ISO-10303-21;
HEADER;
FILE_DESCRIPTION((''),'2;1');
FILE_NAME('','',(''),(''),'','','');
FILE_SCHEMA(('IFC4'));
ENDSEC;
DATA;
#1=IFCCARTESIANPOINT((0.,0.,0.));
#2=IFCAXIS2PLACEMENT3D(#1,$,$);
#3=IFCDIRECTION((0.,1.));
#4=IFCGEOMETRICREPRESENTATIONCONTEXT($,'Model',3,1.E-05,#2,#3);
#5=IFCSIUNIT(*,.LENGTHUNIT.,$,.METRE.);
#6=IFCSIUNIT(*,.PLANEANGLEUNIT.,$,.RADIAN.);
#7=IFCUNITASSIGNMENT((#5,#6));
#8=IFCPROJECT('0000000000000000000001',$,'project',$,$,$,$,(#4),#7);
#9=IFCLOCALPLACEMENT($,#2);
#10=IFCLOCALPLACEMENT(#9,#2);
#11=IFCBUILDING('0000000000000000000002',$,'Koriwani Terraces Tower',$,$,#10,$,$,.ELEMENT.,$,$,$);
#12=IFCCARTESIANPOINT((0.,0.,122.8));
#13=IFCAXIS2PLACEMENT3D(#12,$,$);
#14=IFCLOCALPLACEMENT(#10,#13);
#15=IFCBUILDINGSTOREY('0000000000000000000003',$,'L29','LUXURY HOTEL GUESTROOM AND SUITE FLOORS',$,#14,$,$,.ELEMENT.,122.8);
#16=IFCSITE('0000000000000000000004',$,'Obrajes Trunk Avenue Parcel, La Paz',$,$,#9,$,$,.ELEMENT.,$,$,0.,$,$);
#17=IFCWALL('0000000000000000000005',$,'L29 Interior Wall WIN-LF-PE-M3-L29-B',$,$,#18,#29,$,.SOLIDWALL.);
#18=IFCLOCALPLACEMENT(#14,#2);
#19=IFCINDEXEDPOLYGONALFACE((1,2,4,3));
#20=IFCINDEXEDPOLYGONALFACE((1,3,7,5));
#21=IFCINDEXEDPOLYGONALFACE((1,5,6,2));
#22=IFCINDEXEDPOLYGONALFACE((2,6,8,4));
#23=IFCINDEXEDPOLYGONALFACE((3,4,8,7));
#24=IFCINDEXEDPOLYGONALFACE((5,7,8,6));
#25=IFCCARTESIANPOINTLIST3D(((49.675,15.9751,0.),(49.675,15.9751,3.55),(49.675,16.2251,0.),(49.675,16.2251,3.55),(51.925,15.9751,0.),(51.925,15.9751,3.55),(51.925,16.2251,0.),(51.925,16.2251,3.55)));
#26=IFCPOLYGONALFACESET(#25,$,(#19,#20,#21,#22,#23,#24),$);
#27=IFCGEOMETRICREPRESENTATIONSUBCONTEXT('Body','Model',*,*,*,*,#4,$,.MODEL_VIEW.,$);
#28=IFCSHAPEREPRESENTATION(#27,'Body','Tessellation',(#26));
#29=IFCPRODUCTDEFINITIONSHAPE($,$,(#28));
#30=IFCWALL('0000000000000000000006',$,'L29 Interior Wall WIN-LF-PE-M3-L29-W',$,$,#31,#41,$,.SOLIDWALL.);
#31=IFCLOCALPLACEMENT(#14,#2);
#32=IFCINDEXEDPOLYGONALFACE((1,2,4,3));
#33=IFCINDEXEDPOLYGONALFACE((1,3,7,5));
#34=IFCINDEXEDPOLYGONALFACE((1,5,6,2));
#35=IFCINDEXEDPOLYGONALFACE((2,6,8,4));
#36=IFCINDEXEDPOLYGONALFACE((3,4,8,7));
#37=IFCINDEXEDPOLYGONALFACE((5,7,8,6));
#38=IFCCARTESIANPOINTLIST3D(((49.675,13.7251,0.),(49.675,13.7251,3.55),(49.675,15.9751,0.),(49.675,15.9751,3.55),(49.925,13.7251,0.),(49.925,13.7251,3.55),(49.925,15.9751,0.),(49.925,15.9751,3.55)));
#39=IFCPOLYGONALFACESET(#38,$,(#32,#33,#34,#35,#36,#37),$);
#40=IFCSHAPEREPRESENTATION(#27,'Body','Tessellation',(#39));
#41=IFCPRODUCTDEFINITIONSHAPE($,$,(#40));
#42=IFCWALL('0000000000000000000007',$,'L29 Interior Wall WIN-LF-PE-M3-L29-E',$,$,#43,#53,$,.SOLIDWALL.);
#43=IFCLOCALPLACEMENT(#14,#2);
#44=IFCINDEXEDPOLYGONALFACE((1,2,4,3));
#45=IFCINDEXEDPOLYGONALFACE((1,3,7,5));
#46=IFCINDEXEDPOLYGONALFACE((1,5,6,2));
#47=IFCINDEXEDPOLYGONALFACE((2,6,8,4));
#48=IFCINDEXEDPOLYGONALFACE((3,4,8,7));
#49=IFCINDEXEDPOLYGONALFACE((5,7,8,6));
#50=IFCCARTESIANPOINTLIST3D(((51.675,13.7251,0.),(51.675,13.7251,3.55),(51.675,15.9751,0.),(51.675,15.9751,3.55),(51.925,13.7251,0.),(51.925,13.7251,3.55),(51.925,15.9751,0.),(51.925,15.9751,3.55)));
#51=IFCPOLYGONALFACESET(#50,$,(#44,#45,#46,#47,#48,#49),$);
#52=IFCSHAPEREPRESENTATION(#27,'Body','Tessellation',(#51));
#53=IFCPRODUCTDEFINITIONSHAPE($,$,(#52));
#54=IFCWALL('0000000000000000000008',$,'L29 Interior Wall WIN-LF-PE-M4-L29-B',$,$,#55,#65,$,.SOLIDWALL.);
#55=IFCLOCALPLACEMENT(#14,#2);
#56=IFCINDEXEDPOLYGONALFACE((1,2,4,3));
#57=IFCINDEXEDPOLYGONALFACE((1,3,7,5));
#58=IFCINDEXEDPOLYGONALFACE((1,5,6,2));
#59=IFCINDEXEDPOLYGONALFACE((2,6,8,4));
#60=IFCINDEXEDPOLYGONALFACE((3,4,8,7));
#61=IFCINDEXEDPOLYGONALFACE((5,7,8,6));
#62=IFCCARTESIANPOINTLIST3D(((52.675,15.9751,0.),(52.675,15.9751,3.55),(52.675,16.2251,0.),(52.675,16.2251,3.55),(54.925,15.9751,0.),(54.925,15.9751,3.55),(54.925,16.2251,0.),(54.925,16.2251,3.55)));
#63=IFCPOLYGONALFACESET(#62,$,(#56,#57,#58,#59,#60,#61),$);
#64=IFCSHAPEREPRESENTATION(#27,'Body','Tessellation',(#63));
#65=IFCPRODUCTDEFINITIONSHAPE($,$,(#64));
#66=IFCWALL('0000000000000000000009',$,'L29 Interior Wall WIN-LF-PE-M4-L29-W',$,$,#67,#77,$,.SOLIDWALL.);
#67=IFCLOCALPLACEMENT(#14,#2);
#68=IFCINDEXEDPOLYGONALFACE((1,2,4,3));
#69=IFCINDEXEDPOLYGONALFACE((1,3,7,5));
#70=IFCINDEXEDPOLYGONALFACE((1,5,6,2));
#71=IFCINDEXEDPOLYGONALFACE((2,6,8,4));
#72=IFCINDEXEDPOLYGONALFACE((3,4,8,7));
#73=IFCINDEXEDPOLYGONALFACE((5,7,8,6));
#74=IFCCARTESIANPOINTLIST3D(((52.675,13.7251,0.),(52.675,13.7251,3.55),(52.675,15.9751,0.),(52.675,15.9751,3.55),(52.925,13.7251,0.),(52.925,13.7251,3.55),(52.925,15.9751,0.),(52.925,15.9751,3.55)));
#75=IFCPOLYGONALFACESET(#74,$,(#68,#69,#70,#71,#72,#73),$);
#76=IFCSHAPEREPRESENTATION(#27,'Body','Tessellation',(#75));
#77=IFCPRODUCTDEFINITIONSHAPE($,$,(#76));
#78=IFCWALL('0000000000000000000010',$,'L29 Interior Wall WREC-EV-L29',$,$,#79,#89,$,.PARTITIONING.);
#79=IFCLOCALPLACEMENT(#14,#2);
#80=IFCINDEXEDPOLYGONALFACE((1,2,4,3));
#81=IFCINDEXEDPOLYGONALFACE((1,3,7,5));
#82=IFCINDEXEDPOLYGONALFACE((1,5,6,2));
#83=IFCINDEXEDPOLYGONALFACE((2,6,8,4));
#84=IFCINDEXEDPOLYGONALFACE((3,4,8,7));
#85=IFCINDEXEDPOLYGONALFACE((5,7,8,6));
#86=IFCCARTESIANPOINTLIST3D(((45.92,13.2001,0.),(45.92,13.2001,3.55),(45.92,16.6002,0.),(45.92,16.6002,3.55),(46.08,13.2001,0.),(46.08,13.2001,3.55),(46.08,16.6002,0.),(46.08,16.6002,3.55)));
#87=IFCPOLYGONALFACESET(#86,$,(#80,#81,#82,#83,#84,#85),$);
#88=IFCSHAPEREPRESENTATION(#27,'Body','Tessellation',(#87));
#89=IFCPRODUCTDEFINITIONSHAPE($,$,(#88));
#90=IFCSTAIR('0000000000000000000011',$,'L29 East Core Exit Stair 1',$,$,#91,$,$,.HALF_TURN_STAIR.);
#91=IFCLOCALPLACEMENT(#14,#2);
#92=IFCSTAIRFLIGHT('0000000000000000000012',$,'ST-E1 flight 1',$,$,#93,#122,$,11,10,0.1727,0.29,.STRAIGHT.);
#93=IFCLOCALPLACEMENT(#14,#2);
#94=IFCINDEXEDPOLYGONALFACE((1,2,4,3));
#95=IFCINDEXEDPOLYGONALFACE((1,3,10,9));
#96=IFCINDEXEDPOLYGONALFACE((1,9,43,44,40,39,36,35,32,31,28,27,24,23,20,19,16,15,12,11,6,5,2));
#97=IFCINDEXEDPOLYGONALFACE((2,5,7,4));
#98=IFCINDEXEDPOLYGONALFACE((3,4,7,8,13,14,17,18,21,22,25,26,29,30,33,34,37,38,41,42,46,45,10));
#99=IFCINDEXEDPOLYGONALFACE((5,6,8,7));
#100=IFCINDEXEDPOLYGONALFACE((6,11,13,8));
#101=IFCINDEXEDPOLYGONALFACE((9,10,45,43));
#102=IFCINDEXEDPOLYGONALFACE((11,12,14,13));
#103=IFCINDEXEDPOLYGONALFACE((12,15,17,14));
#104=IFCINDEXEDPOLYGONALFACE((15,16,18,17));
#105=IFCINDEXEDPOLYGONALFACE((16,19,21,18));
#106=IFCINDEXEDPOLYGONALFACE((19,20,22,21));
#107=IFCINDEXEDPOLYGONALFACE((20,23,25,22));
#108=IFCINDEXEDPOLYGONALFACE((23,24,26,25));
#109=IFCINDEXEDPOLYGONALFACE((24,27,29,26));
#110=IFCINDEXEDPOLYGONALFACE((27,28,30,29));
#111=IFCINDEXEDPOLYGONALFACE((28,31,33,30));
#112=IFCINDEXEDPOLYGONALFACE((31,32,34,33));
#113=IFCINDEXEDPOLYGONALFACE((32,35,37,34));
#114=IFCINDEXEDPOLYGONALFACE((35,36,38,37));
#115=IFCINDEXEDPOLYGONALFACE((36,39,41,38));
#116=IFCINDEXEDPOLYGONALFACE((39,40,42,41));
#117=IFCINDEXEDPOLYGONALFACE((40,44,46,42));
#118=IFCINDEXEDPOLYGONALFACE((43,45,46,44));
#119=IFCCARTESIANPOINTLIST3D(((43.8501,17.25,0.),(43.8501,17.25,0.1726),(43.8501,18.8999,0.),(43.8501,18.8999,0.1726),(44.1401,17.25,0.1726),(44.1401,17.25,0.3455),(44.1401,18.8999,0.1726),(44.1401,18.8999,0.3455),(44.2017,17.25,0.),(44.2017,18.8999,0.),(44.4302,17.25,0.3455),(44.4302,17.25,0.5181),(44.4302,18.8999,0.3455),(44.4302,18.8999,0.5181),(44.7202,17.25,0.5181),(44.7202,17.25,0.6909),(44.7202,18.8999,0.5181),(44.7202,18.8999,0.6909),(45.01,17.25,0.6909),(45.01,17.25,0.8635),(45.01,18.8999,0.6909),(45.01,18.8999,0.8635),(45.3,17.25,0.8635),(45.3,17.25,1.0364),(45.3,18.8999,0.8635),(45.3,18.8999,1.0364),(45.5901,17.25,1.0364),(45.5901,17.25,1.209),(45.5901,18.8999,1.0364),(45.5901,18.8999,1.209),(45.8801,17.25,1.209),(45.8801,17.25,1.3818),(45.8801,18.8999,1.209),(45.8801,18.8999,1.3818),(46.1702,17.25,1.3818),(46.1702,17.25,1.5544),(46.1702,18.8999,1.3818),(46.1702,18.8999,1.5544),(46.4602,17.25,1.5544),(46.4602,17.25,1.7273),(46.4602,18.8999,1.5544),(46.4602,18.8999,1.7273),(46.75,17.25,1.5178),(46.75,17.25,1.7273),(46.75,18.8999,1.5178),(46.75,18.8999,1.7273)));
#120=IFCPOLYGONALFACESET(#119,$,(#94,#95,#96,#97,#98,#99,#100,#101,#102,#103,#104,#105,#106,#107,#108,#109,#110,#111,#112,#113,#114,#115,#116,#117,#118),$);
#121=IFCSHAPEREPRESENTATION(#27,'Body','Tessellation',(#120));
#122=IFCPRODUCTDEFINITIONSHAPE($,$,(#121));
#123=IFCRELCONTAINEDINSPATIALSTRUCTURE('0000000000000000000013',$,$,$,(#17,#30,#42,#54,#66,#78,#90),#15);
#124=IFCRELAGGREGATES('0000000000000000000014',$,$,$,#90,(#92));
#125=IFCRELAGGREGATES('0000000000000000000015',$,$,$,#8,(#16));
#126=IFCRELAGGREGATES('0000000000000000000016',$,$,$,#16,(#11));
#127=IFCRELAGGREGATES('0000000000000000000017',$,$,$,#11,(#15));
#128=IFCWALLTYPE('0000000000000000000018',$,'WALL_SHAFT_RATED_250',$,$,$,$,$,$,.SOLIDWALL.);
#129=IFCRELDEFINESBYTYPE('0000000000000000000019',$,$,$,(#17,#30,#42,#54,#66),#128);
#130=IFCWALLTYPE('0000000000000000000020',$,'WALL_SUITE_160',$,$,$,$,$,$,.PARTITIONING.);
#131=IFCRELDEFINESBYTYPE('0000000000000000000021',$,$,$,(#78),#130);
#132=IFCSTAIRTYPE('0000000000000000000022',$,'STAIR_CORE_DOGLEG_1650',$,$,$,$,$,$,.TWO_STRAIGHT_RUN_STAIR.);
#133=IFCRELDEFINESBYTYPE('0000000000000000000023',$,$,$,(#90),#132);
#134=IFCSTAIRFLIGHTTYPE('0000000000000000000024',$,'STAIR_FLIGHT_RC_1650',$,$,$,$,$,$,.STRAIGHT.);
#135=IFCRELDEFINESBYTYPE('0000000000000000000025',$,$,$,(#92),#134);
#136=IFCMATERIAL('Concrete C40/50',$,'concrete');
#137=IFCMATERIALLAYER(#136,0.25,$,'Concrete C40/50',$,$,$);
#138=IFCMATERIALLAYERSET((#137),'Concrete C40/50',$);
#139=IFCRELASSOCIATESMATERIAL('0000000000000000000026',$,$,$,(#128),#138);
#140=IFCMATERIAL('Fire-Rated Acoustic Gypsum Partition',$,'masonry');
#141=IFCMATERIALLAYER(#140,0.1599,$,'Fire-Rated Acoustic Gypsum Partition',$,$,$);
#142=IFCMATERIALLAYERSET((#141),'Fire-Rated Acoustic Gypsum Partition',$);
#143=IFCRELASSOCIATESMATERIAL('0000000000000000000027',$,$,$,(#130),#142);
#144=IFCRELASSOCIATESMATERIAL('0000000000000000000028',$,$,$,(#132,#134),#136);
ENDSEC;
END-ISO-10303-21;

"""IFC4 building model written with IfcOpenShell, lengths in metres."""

from ifc_helpers import new_model, si_unit, direction, frame, frame_2d, origin, place, context, subcontext, project, spatial, polyline, rectangle, outline, extrude, material, layer, layer_set, type_object, element, aggregate, save


model = new_model("IFC4")

# Units and contexts
model_context = context("Model", 3, precision=1e-05, world=origin(), true_north=direction((0.0, 1.0)))
body_context = subcontext(model_context, "Body", "Model", "MODEL_VIEW")
ifc_project = project(units=[si_unit("LENGTHUNIT", "METRE"), si_unit("PLANEANGLEUNIT", "RADIAN")], contexts=[model_context])

# Site, building, storey
site_placement = place(None, origin())
site = spatial("IfcSite", under=ifc_project, at=site_placement, Name="Obrajes Trunk Avenue Parcel, La Paz", CompositionType="ELEMENT", RefElevation=0.0)
building_placement = place(site_placement, origin())
building = spatial("IfcBuilding", under=site, at=building_placement, Name="Koriwani Terraces Tower", CompositionType="ELEMENT")
storey_placement = place(building_placement, frame((0.0, 0.0, 122.8)))
storey = spatial("IfcBuildingStorey", under=building, at=storey_placement, Name="L29", Description="LUXURY HOTEL GUESTROOM AND SUITE FLOORS", CompositionType="ELEMENT", Elevation=122.8)

# Shared definitions
ifc_material_1 = material(Name="Concrete C40/50", Category="concrete")

# Shared definitions
ifc_layer_1 = layer(ifc_material_1, 0.25, Name="Concrete C40/50")
ifc_layer_set_1 = layer_set([ifc_layer_1], Name="Concrete C40/50")
wall_type_1 = type_object("IfcWallType", Name="WALL_SHAFT_RATED_250", PredefinedType="SOLIDWALL", material=ifc_layer_set_1)

# Walls
for number, where, z_axis, x_axis, name in (
    (1, (49.675, 16.1001, 0.0), (0.0, 0.0, 1.0), (1.0, 0.0, 0.0), "L29 Interior Wall WIN-LF-PE-M3-L29-B"),
    (2, (49.8, 13.7251, 0.0), (0.0, 0.0, 1.0), (0.0, 1.0, 0.0), "L29 Interior Wall WIN-LF-PE-M3-L29-W"),
    (3, (51.8, 13.7251, 0.0), (0.0, 0.0, 1.0), (0.0, 1.0, 0.0), "L29 Interior Wall WIN-LF-PE-M3-L29-E"),
):
    element("IfcWall", number, at=place(storey_placement, frame(where, z_axis=z_axis, x_axis=x_axis)), inside=storey, type_object=wall_type_1, Name=name, PredefinedType="SOLIDWALL", context=body_context, shape_type="SweptSolid", body=[
        extrude(rectangle(XDim=2.25, YDim=0.25, at=frame_2d((1.125, 0.0))), origin(), (0.0, 0.0, 1.0), 3.55),
    ])

# Walls
for number, where, z_axis, x_axis, name in (
    (4, (52.675, 16.1001, 0.0), (0.0, 0.0, 1.0), (1.0, 0.0, 0.0), "L29 Interior Wall WIN-LF-PE-M4-L29-B"),
    (5, (52.8, 13.7251, 0.0), (0.0, 0.0, 1.0), (0.0, 1.0, 0.0), "L29 Interior Wall WIN-LF-PE-M4-L29-W"),
):
    element("IfcWall", number, at=place(storey_placement, frame(where, z_axis=z_axis, x_axis=x_axis)), inside=storey, type_object=wall_type_1, Name=name, PredefinedType="SOLIDWALL", context=body_context, shape_type="SweptSolid", body=[
        extrude(rectangle(XDim=2.25, YDim=0.25, at=frame_2d((1.125, 0.0))), origin(), (0.0, 0.0, 1.0), 3.55),
    ])
ifc_material_2 = material(Name="Fire-Rated Acoustic Gypsum Partition", Category="masonry")
ifc_layer_2 = layer(ifc_material_2, 0.1599, Name="Fire-Rated Acoustic Gypsum Partition")
ifc_layer_set_2 = layer_set([ifc_layer_2], Name="Fire-Rated Acoustic Gypsum Partition")
wall_type_2 = type_object("IfcWallType", Name="WALL_SUITE_160", PredefinedType="PARTITIONING", material=ifc_layer_set_2)
wall_1_placement = place(storey_placement, frame((46.0, 13.2, 0.0), z_axis=(0.0, 0.0, 1.0), x_axis=(0.0, 1.0, 0.0)))
element("IfcWall", 6, at=wall_1_placement, inside=storey, type_object=wall_type_2, Name="L29 Interior Wall WREC-EV-L29", PredefinedType="PARTITIONING", context=body_context, shape_type="SweptSolid", body=[
    extrude(rectangle(XDim=3.4001, YDim=0.1599, at=frame_2d((1.7002, 0.0))), origin(), (0.0, 0.0, 1.0), 3.55),
])

# Stair, stair flight
stair_type = type_object("IfcStairType", Name="STAIR_CORE_DOGLEG_1650", PredefinedType="TWO_STRAIGHT_RUN_STAIR", material=ifc_material_1)
stair_placement = place(storey_placement, origin())
stair = element("IfcStair", 7, at=stair_placement, inside=storey, type_object=stair_type, Name="L29 East Core Exit Stair 1", PredefinedType="HALF_TURN_STAIR")
stair_flight_type = type_object("IfcStairFlightType", Name="STAIR_FLIGHT_RC_1650", PredefinedType="STRAIGHT", material=ifc_material_1)
stair_flight_placement = place(storey_placement, frame((43.8501, 18.075, 0.0), z_axis=(0.0, 0.0, 1.0), x_axis=(1.0, 0.0, 0.0)))
stair_flight = element("IfcStairFlight", 8, at=stair_flight_placement, type_object=stair_flight_type, Name="ST-E1 flight 1", NumberOfRisers=11, NumberOfTreads=10, PredefinedType="STRAIGHT", RiserHeight=0.1727, TreadLength=0.29, context=body_context, shape_type="SweptSolid", body=[
    extrude(outline(polyline([(0.0, 0.0), (0.0, 0.1726), (0.29, 0.1726), (0.29, 0.3455), (0.5801, 0.3455), (0.5801, 0.5181), (0.8701, 0.5181), (0.8701, 0.6909), (1.1599, 0.6909), (1.1599, 0.8635), (1.45, 0.8635), (1.45, 1.0364), (1.74, 1.0364), (1.74, 1.209), (2.03, 1.209), (2.03, 1.3818), (2.3201, 1.3818), (2.3201, 1.5544), (2.6101, 1.5544), (2.6101, 1.7273), (2.8999, 1.7273), (2.8999, 1.8999), (2.8999, 1.5178), (0.3516, 0.0), (0.0, 0.0)])), frame((0.0, 0.825, 0.0), z_axis=(0.0, -1.0, 0.0), x_axis=(1.0, 0.0, 0.0)), (0.0, 0.0, 1.0), 1.6499),
])
aggregate(stair, [stair_flight])

save(model, "model.ifc")
